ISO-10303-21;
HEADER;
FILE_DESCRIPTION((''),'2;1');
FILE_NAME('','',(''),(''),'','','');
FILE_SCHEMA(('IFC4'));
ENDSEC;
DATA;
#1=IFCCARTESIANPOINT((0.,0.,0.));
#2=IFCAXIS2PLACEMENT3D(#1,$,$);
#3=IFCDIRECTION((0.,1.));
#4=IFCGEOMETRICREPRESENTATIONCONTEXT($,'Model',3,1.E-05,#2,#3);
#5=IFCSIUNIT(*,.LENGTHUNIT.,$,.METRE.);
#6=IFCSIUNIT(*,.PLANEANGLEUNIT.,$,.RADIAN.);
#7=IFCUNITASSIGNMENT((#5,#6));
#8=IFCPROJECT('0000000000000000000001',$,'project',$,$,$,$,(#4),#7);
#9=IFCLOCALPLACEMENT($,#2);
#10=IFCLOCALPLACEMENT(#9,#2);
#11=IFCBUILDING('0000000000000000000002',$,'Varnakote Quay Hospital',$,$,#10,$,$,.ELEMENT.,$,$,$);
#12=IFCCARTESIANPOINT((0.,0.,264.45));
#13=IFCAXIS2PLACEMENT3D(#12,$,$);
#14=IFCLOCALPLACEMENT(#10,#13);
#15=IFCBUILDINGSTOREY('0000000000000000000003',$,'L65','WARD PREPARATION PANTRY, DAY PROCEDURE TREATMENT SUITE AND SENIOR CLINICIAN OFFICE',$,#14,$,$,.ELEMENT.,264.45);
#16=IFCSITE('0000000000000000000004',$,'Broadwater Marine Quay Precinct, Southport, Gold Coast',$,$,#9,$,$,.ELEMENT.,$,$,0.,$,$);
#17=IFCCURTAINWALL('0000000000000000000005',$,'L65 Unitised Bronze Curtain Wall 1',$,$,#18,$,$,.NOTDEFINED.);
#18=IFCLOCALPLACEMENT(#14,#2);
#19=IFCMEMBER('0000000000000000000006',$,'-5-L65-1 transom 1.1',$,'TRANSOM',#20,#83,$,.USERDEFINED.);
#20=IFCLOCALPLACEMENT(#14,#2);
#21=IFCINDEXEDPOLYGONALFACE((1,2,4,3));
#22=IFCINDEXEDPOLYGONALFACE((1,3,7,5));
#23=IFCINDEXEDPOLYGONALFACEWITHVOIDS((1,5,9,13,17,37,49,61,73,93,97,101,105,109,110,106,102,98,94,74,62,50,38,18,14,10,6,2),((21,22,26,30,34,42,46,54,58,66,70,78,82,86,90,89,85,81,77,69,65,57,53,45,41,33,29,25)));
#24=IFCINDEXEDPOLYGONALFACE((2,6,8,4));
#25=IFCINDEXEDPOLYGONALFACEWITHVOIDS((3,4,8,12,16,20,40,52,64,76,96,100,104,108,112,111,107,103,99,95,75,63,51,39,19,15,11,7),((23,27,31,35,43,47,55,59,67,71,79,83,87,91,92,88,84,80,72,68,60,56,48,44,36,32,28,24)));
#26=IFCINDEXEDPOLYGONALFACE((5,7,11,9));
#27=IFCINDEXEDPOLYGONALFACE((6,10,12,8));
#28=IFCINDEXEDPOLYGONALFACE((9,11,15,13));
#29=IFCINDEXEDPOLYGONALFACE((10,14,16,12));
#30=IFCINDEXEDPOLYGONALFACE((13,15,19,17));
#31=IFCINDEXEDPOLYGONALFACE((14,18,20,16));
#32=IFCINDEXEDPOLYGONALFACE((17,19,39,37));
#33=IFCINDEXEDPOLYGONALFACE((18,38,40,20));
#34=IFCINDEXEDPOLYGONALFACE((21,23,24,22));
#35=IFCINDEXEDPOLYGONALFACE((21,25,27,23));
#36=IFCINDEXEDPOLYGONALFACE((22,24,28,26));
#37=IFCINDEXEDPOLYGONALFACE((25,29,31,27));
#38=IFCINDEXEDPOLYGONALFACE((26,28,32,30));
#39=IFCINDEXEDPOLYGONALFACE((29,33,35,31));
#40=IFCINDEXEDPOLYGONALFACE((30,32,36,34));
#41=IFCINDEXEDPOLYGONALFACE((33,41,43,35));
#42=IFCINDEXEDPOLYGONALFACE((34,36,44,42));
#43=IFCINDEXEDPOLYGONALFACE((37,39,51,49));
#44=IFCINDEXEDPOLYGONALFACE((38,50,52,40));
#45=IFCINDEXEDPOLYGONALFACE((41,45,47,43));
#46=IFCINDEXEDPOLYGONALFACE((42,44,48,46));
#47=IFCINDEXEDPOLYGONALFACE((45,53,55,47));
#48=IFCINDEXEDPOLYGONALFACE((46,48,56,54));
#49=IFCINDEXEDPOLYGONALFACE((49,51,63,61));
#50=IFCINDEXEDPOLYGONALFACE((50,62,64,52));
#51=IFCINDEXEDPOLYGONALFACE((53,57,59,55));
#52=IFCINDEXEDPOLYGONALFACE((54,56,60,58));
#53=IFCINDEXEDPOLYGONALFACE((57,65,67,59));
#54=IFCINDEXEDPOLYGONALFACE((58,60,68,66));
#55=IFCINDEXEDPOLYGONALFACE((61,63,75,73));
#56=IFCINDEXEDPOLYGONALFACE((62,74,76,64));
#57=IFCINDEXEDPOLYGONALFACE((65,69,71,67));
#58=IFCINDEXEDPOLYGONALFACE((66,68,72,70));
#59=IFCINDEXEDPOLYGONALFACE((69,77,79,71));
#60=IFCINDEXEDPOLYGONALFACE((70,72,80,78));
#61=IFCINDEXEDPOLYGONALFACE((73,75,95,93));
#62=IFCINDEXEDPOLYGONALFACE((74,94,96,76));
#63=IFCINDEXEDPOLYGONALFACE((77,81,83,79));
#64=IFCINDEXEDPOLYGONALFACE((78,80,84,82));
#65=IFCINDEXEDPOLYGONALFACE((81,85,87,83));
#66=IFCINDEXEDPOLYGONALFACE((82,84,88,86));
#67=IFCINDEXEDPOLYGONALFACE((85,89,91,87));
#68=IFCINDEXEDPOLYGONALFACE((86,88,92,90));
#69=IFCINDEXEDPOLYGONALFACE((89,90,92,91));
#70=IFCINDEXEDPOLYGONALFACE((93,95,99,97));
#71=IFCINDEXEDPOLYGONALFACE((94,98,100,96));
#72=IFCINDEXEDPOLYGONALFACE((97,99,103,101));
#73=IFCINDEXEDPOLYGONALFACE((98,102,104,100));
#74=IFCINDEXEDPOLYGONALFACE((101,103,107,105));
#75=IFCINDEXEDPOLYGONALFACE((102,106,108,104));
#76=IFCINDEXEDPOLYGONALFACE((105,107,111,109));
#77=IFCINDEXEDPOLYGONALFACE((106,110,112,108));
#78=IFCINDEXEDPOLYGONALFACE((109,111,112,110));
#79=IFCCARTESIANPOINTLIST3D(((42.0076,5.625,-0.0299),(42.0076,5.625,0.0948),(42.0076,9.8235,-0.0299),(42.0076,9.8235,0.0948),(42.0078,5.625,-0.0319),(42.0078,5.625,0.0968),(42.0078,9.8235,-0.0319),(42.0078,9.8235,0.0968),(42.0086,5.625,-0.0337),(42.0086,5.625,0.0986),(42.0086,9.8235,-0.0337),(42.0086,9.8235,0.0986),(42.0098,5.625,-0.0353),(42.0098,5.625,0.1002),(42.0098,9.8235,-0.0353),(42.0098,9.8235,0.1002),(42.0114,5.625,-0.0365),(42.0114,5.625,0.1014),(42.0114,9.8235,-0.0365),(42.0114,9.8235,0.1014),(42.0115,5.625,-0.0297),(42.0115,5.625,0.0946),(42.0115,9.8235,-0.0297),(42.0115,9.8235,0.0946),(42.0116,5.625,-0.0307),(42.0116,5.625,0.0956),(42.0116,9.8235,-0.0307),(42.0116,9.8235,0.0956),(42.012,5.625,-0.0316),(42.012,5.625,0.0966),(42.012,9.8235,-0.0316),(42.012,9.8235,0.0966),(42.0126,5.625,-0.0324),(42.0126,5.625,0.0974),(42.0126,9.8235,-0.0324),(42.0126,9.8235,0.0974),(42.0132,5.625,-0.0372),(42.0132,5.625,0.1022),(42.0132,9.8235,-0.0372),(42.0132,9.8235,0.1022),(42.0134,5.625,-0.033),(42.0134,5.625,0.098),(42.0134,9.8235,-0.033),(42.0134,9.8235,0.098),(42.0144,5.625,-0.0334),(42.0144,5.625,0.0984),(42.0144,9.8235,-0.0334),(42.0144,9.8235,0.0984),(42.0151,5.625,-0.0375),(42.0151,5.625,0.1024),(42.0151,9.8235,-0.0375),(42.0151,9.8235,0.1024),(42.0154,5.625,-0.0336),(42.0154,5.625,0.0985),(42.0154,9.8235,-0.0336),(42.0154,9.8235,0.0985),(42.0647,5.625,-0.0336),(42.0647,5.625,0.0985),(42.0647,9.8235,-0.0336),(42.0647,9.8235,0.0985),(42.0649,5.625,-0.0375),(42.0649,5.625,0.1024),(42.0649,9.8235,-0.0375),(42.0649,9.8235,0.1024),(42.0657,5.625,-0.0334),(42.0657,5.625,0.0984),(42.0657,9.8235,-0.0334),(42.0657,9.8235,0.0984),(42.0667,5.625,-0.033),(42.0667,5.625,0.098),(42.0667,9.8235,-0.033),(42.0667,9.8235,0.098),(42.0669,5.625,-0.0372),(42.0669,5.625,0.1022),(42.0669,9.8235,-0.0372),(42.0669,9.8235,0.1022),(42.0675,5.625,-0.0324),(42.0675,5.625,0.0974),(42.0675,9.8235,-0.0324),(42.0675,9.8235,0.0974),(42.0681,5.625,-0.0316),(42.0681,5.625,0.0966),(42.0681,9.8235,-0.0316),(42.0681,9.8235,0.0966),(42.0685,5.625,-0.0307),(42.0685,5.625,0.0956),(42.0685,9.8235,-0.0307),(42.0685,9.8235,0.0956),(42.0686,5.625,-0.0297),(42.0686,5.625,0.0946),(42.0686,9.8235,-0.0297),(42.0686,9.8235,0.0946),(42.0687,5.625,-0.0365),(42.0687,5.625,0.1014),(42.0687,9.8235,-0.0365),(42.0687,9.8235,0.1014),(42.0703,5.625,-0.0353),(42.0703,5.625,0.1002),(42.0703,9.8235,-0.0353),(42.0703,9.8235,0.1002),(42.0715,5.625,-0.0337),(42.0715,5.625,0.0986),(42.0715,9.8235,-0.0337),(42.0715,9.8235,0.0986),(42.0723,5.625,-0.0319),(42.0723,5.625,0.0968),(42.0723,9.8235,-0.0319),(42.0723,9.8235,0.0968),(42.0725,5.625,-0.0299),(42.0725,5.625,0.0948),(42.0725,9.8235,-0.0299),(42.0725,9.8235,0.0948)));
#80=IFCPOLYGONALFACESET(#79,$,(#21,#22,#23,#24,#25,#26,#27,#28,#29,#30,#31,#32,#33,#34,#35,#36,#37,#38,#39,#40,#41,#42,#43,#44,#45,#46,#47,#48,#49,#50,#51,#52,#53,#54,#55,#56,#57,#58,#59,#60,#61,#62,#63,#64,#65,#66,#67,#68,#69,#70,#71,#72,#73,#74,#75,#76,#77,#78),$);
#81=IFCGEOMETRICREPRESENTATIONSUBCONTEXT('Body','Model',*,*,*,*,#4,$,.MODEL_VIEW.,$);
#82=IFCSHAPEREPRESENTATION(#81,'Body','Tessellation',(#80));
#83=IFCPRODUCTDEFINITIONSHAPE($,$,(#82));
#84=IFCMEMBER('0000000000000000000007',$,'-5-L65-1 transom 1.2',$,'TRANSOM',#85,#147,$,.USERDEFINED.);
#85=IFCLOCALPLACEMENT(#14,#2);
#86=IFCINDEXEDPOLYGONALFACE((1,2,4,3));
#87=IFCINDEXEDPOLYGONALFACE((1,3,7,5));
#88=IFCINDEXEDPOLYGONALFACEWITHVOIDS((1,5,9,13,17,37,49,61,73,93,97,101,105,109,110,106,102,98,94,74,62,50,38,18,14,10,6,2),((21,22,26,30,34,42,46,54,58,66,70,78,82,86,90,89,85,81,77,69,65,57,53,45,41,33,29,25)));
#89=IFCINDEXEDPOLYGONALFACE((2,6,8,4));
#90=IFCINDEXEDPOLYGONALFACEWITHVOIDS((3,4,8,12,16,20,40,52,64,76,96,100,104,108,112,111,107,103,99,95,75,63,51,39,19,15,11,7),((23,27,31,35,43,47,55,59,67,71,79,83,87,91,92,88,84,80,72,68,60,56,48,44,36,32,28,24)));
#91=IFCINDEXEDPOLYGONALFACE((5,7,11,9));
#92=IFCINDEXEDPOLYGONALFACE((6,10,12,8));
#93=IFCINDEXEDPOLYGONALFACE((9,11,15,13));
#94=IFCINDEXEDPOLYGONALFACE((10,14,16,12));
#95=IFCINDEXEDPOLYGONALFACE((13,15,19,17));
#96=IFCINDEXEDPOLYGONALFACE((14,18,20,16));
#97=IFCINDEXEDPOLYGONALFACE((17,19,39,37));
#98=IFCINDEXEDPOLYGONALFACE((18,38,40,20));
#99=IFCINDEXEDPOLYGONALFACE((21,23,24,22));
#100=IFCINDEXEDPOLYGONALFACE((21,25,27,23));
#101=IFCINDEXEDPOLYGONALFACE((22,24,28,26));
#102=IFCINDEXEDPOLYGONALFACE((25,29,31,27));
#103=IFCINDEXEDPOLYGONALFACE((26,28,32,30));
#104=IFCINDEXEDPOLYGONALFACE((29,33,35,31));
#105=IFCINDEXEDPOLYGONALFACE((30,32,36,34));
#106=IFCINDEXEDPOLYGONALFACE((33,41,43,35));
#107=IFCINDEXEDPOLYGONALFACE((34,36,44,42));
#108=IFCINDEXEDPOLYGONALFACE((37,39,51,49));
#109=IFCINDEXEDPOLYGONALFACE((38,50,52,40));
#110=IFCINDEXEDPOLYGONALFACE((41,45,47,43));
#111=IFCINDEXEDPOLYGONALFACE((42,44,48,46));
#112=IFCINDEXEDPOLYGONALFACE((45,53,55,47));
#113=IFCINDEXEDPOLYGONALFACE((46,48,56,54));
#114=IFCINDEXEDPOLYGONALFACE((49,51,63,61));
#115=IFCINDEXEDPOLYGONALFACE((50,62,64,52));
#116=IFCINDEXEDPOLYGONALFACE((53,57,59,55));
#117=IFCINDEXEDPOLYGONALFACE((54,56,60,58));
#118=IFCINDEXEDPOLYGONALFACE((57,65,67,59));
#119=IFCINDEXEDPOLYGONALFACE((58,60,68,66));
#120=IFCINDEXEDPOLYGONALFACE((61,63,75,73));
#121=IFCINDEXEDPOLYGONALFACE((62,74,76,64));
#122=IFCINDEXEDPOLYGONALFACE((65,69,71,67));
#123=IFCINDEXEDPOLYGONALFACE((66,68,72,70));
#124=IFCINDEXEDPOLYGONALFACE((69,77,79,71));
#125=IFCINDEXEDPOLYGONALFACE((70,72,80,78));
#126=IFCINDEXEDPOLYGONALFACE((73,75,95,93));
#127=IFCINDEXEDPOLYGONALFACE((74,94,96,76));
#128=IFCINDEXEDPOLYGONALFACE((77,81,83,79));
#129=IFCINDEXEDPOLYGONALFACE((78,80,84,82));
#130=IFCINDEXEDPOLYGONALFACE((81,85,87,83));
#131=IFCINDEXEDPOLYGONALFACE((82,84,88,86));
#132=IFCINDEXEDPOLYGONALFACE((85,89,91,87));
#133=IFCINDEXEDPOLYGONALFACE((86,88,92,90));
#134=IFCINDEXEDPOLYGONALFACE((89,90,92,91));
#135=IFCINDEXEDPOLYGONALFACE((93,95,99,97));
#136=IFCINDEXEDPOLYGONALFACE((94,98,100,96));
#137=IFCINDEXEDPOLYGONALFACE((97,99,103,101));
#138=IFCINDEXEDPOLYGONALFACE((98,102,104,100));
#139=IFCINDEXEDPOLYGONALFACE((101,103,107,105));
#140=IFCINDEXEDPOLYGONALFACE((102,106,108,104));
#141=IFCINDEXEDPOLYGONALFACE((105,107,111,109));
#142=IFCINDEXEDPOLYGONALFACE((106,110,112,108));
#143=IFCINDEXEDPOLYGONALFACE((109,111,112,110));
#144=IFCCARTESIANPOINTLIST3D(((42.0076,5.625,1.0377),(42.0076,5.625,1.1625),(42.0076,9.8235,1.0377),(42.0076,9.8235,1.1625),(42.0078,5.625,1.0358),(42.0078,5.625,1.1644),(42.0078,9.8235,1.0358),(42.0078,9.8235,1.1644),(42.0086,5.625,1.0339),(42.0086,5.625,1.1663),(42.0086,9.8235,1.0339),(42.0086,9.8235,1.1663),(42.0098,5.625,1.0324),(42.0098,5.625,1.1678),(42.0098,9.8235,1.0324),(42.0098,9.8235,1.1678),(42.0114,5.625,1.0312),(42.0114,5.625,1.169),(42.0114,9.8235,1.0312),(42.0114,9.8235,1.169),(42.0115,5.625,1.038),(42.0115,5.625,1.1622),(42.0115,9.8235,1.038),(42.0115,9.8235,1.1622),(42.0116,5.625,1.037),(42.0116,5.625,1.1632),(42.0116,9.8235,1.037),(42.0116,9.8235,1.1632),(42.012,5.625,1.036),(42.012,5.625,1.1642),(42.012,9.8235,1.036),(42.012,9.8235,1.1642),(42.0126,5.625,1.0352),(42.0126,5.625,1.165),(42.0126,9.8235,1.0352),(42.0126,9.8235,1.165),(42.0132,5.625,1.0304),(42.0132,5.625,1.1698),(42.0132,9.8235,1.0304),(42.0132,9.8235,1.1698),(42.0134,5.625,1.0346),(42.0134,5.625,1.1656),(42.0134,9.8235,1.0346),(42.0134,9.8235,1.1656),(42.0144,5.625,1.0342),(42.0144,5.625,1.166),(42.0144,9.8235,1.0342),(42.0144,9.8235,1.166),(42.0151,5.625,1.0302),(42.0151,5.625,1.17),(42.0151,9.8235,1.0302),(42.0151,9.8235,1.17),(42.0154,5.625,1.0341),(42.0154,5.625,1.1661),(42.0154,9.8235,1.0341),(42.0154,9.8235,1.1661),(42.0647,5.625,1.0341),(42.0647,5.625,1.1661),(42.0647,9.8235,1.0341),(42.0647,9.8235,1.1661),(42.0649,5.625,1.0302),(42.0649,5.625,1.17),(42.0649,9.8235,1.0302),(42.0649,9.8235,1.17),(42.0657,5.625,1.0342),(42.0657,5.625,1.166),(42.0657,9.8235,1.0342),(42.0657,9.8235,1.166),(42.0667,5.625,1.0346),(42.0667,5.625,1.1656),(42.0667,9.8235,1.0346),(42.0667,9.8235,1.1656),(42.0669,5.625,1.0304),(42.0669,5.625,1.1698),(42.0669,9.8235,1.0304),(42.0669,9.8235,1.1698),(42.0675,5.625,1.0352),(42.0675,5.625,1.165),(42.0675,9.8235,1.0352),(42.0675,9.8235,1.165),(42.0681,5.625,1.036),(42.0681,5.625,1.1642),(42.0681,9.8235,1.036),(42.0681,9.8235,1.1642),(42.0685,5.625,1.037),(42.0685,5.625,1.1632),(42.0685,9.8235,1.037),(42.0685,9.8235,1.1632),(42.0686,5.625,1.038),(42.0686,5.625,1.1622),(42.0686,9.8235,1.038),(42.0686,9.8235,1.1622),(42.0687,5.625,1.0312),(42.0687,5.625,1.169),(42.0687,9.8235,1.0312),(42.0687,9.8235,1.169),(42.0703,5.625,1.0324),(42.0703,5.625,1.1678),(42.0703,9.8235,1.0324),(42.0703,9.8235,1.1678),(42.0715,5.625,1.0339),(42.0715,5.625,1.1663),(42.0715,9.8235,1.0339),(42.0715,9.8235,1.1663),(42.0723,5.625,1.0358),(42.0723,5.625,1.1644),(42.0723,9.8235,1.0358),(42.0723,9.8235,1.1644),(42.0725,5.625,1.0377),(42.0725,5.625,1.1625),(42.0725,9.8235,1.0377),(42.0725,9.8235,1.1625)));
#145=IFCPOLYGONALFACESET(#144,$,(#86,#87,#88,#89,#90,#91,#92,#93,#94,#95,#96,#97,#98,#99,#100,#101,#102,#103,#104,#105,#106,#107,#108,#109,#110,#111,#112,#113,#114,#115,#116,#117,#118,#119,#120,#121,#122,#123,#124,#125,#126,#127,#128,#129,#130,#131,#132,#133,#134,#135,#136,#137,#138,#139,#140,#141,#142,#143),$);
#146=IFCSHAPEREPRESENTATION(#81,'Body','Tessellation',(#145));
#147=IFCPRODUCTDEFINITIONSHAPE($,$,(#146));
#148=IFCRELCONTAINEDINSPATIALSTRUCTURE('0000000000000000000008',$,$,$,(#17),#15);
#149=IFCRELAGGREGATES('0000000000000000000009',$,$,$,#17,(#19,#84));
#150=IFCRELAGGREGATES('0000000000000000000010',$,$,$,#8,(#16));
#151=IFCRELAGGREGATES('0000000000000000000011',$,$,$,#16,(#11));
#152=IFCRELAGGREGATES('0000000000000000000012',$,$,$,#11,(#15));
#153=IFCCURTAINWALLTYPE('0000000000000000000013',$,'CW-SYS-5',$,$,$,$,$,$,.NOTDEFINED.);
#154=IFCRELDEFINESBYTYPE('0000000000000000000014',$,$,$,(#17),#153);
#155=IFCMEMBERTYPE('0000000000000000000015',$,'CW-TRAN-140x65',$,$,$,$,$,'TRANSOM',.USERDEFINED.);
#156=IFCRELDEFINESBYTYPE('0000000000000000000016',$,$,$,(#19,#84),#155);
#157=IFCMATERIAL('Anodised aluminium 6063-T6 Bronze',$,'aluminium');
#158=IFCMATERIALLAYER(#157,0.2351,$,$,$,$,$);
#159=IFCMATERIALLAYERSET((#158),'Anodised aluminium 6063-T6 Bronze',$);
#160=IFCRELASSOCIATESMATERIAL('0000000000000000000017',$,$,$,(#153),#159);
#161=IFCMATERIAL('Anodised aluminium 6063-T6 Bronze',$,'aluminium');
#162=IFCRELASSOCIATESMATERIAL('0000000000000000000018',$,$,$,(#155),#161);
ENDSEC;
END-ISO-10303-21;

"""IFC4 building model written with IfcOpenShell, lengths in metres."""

from ifc_helpers import new_model, si_unit, direction, frame, origin, origin_2d, place, context, subcontext, project, spatial, hollow_rectangle, extrude, material, layer, layer_set, material_profile, profile_set, type_object, element, aggregate, save


model = new_model("IFC4")

# Units and contexts
model_context = context("Model", 3, precision=1e-05, world=origin(), true_north=direction((0.0, 1.0)))
body_context = subcontext(model_context, "Body", "Model", "MODEL_VIEW")
ifc_project = project(units=[si_unit("LENGTHUNIT", "METRE"), si_unit("PLANEANGLEUNIT", "RADIAN")], contexts=[model_context])

# Site, building, storey
site_placement = place(None, origin())
site = spatial("IfcSite", under=ifc_project, at=site_placement, Name="Broadwater Marine Quay Precinct, Southport, Gold Coast", CompositionType="ELEMENT", RefElevation=0.0)
building_placement = place(site_placement, origin())
building = spatial("IfcBuilding", under=site, at=building_placement, Name="Varnakote Quay Hospital", CompositionType="ELEMENT")
storey_placement = place(building_placement, frame((0.0, 0.0, 264.45)))
storey = spatial("IfcBuildingStorey", under=building, at=storey_placement, Name="L65", Description="WARD PREPARATION PANTRY, DAY PROCEDURE TREATMENT SUITE AND SENIOR CLINICIAN OFFICE", CompositionType="ELEMENT", Elevation=264.45)

# Curtain wall, members
ifc_material_1 = material(Name="Anodised aluminium 6063-T6 Bronze", Category="aluminium")
ifc_layer_1 = layer(ifc_material_1, 0.2351)
ifc_layer_set_1 = layer_set([ifc_layer_1], Name="Anodised aluminium 6063-T6 Bronze")
curtain_wall_type = type_object("IfcCurtainWallType", Name="CW-SYS-5", PredefinedType="NOTDEFINED", material=ifc_layer_set_1)
curtain_wall_placement = place(storey_placement, origin())
curtain_wall = element("IfcCurtainWall", 1, at=curtain_wall_placement, inside=storey, type_object=curtain_wall_type, Name="L65 Unitised Bronze Curtain Wall 1", PredefinedType="NOTDEFINED")
ifc_material_2 = material(Name="Anodised aluminium 6063-T6 Bronze", Category="aluminium")
ifc_material_profile_1 = material_profile(ifc_material_2, hollow_rectangle(XDim=0.0649, YDim=0.1399, WallThickness=0.0039, InnerFilletRadius=0.0039, OuterFilletRadius=0.0076, at=origin_2d()), Name="CW-TRAN-140x65")
ifc_profile_set_1 = profile_set([ifc_material_profile_1], Name="Anodised aluminium 6063-T6 Bronze")
member_type_1 = type_object("IfcMemberType", Name="CW-TRAN-140x65", ElementType="TRANSOM", PredefinedType="USERDEFINED", material=ifc_profile_set_1)
member_1_placement = place(storey_placement, frame((42.04, 5.625, 0.0325), z_axis=(0.0, 1.0, 0.0), x_axis=(-1.0, 0.0, 0.0)))
member_1 = element("IfcMember", 2, at=member_1_placement, type_object=member_type_1, Name="-5-L65-1 transom 1.1", ObjectType="TRANSOM", PredefinedType="USERDEFINED", context=body_context, shape_type="SweptSolid", body=[
    extrude(hollow_rectangle(XDim=0.0649, YDim=0.1399, WallThickness=0.0039, InnerFilletRadius=0.0039, OuterFilletRadius=0.0076, at=origin_2d()), origin(), (0.0, 0.0, 1.0), 4.1985),
])
member_2_placement = place(storey_placement, frame((42.04, 5.625, 1.1001), z_axis=(0.0, 1.0, 0.0), x_axis=(-1.0, 0.0, 0.0)))
member_2 = element("IfcMember", 3, at=member_2_placement, type_object=member_type_1, Name="-5-L65-1 transom 1.2", ObjectType="TRANSOM", PredefinedType="USERDEFINED", context=body_context, shape_type="SweptSolid", body=[
    extrude(hollow_rectangle(XDim=0.0649, YDim=0.1399, WallThickness=0.0039, InnerFilletRadius=0.0039, OuterFilletRadius=0.0076, at=origin_2d()), origin(), (0.0, 0.0, 1.0), 4.1985),
])
aggregate(curtain_wall, [member_1, member_2])

save(model, "model.ifc")
